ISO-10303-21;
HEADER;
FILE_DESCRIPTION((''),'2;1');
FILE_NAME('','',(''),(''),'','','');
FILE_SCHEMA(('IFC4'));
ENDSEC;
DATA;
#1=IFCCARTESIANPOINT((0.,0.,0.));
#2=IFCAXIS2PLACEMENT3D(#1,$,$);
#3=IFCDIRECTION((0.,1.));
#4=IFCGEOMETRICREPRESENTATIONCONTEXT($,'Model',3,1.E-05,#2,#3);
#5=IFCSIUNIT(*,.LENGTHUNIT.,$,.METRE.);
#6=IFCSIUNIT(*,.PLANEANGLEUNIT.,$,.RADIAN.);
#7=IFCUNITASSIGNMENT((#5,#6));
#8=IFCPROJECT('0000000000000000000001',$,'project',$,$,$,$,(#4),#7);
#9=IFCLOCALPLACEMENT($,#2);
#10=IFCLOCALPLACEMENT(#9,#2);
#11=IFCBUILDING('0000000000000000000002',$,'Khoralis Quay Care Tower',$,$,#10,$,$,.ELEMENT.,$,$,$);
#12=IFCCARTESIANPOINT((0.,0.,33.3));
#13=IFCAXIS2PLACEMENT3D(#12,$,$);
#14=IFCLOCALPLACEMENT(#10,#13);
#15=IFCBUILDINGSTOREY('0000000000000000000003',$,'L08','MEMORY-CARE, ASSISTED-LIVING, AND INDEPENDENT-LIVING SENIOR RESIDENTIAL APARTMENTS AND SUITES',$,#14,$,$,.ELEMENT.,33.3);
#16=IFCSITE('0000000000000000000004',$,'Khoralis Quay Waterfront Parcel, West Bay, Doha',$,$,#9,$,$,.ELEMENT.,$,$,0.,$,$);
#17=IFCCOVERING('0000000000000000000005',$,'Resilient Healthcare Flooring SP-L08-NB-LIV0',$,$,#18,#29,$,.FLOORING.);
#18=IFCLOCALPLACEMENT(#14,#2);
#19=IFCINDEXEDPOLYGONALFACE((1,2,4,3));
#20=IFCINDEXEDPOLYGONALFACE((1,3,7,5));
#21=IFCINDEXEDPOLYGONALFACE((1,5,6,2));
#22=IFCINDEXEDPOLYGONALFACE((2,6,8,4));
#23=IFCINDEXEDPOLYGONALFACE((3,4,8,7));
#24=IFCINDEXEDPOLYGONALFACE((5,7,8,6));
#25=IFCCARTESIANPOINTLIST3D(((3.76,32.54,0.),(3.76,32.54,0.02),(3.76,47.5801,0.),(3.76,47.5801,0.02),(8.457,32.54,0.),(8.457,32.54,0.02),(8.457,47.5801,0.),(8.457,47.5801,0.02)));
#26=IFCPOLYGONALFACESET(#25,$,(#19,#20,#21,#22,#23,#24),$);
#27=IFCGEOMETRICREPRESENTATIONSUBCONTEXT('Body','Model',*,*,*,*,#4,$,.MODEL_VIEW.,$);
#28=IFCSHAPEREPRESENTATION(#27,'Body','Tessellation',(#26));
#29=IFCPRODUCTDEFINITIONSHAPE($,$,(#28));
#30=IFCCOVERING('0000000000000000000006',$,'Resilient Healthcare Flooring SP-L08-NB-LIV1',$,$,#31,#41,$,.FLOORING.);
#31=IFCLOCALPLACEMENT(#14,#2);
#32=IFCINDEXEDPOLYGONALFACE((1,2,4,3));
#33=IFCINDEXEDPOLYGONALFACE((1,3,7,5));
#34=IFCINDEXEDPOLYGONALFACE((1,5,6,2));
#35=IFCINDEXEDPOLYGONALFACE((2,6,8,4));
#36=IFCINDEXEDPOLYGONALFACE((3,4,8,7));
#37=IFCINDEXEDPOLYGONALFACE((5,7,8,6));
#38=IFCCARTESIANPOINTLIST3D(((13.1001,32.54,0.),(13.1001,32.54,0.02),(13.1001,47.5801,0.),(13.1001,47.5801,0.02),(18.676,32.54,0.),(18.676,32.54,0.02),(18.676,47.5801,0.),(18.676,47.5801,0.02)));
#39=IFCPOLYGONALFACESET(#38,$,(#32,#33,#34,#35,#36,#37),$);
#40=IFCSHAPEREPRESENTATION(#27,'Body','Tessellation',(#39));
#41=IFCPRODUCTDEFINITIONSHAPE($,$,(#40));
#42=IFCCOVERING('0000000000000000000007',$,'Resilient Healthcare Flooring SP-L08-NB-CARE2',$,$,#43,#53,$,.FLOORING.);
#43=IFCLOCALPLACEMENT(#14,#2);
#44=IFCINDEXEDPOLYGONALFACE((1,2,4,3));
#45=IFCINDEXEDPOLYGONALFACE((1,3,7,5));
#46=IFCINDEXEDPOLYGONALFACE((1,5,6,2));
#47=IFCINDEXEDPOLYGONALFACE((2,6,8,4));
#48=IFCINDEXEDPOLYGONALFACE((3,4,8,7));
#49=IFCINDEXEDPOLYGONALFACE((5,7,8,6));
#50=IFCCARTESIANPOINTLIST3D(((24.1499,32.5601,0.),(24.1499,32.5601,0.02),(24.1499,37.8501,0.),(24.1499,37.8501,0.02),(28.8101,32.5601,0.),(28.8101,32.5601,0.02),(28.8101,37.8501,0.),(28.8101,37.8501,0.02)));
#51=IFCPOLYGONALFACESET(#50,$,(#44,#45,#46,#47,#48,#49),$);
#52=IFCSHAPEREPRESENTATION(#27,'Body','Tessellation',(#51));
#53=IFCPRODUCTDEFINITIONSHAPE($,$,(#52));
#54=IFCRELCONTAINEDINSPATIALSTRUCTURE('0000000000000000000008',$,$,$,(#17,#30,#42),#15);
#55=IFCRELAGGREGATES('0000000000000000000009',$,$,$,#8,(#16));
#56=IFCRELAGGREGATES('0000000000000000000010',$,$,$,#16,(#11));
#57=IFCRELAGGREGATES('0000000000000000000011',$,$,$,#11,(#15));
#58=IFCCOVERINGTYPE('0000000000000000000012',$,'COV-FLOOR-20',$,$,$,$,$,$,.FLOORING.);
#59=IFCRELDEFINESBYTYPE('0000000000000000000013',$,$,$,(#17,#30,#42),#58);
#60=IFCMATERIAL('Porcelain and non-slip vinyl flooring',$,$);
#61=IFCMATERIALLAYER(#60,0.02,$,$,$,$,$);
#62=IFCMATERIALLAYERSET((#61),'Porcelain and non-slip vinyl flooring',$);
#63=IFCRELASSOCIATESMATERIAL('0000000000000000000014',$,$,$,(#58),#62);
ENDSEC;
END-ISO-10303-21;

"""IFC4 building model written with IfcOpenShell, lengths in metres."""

from ifc_helpers import new_model, si_unit, direction, frame, origin, place, context, subcontext, project, spatial, polyline, outline, extrude, material, layer, layer_set, type_object, element, save


model = new_model("IFC4")

# Units and contexts
model_context = context("Model", 3, precision=1e-05, world=origin(), true_north=direction((0.0, 1.0)))
body_context = subcontext(model_context, "Body", "Model", "MODEL_VIEW")
ifc_project = project(units=[si_unit("LENGTHUNIT", "METRE"), si_unit("PLANEANGLEUNIT", "RADIAN")], contexts=[model_context])

# Site, building, storey
site_placement = place(None, origin())
site = spatial("IfcSite", under=ifc_project, at=site_placement, Name="Khoralis Quay Waterfront Parcel, West Bay, Doha", CompositionType="ELEMENT", RefElevation=0.0)
building_placement = place(site_placement, origin())
building = spatial("IfcBuilding", under=site, at=building_placement, Name="Khoralis Quay Care Tower", CompositionType="ELEMENT")
storey_placement = place(building_placement, frame((0.0, 0.0, 33.3)))
storey = spatial("IfcBuildingStorey", under=building, at=storey_placement, Name="L08", Description="MEMORY-CARE, ASSISTED-LIVING, AND INDEPENDENT-LIVING SENIOR RESIDENTIAL APARTMENTS AND SUITES", CompositionType="ELEMENT", Elevation=33.3)

# Coverings
ifc_material_1 = material(Name="Porcelain and non-slip vinyl flooring")
ifc_layer_1 = layer(ifc_material_1, 0.02)
ifc_layer_set_1 = layer_set([ifc_layer_1], Name="Porcelain and non-slip vinyl flooring")
covering_type_1 = type_object("IfcCoveringType", Name="COV-FLOOR-20", PredefinedType="FLOORING", material=ifc_layer_set_1)
covering_1_placement = place(storey_placement, origin())
element("IfcCovering", 1, at=covering_1_placement, inside=storey, type_object=covering_type_1, Name="Resilient Healthcare Flooring SP-L08-NB-LIV0", PredefinedType="FLOORING", context=body_context, shape_type="SweptSolid", body=[
    extrude(outline(polyline([(3.76, 32.54), (8.457, 32.54), (8.457, 47.5801), (3.76, 47.5801), (3.76, 32.54)])), origin(), (0.0, 0.0, 1.0), 0.02),
])
covering_2_placement = place(storey_placement, origin())
element("IfcCovering", 2, at=covering_2_placement, inside=storey, type_object=covering_type_1, Name="Resilient Healthcare Flooring SP-L08-NB-LIV1", PredefinedType="FLOORING", context=body_context, shape_type="SweptSolid", body=[
    extrude(outline(polyline([(13.1001, 32.54), (18.676, 32.54), (18.676, 47.5801), (13.1001, 47.5801), (13.1001, 32.54)])), origin(), (0.0, 0.0, 1.0), 0.02),
])
covering_3_placement = place(storey_placement, origin())
element("IfcCovering", 3, at=covering_3_placement, inside=storey, type_object=covering_type_1, Name="Resilient Healthcare Flooring SP-L08-NB-CARE2", PredefinedType="FLOORING", context=body_context, shape_type="SweptSolid", body=[
    extrude(outline(polyline([(24.1499, 32.5601), (28.8101, 32.5601), (28.8101, 37.8501), (24.1499, 37.8501), (24.1499, 32.5601)])), origin(), (0.0, 0.0, 1.0), 0.02),
])

save(model, "model.ifc")
